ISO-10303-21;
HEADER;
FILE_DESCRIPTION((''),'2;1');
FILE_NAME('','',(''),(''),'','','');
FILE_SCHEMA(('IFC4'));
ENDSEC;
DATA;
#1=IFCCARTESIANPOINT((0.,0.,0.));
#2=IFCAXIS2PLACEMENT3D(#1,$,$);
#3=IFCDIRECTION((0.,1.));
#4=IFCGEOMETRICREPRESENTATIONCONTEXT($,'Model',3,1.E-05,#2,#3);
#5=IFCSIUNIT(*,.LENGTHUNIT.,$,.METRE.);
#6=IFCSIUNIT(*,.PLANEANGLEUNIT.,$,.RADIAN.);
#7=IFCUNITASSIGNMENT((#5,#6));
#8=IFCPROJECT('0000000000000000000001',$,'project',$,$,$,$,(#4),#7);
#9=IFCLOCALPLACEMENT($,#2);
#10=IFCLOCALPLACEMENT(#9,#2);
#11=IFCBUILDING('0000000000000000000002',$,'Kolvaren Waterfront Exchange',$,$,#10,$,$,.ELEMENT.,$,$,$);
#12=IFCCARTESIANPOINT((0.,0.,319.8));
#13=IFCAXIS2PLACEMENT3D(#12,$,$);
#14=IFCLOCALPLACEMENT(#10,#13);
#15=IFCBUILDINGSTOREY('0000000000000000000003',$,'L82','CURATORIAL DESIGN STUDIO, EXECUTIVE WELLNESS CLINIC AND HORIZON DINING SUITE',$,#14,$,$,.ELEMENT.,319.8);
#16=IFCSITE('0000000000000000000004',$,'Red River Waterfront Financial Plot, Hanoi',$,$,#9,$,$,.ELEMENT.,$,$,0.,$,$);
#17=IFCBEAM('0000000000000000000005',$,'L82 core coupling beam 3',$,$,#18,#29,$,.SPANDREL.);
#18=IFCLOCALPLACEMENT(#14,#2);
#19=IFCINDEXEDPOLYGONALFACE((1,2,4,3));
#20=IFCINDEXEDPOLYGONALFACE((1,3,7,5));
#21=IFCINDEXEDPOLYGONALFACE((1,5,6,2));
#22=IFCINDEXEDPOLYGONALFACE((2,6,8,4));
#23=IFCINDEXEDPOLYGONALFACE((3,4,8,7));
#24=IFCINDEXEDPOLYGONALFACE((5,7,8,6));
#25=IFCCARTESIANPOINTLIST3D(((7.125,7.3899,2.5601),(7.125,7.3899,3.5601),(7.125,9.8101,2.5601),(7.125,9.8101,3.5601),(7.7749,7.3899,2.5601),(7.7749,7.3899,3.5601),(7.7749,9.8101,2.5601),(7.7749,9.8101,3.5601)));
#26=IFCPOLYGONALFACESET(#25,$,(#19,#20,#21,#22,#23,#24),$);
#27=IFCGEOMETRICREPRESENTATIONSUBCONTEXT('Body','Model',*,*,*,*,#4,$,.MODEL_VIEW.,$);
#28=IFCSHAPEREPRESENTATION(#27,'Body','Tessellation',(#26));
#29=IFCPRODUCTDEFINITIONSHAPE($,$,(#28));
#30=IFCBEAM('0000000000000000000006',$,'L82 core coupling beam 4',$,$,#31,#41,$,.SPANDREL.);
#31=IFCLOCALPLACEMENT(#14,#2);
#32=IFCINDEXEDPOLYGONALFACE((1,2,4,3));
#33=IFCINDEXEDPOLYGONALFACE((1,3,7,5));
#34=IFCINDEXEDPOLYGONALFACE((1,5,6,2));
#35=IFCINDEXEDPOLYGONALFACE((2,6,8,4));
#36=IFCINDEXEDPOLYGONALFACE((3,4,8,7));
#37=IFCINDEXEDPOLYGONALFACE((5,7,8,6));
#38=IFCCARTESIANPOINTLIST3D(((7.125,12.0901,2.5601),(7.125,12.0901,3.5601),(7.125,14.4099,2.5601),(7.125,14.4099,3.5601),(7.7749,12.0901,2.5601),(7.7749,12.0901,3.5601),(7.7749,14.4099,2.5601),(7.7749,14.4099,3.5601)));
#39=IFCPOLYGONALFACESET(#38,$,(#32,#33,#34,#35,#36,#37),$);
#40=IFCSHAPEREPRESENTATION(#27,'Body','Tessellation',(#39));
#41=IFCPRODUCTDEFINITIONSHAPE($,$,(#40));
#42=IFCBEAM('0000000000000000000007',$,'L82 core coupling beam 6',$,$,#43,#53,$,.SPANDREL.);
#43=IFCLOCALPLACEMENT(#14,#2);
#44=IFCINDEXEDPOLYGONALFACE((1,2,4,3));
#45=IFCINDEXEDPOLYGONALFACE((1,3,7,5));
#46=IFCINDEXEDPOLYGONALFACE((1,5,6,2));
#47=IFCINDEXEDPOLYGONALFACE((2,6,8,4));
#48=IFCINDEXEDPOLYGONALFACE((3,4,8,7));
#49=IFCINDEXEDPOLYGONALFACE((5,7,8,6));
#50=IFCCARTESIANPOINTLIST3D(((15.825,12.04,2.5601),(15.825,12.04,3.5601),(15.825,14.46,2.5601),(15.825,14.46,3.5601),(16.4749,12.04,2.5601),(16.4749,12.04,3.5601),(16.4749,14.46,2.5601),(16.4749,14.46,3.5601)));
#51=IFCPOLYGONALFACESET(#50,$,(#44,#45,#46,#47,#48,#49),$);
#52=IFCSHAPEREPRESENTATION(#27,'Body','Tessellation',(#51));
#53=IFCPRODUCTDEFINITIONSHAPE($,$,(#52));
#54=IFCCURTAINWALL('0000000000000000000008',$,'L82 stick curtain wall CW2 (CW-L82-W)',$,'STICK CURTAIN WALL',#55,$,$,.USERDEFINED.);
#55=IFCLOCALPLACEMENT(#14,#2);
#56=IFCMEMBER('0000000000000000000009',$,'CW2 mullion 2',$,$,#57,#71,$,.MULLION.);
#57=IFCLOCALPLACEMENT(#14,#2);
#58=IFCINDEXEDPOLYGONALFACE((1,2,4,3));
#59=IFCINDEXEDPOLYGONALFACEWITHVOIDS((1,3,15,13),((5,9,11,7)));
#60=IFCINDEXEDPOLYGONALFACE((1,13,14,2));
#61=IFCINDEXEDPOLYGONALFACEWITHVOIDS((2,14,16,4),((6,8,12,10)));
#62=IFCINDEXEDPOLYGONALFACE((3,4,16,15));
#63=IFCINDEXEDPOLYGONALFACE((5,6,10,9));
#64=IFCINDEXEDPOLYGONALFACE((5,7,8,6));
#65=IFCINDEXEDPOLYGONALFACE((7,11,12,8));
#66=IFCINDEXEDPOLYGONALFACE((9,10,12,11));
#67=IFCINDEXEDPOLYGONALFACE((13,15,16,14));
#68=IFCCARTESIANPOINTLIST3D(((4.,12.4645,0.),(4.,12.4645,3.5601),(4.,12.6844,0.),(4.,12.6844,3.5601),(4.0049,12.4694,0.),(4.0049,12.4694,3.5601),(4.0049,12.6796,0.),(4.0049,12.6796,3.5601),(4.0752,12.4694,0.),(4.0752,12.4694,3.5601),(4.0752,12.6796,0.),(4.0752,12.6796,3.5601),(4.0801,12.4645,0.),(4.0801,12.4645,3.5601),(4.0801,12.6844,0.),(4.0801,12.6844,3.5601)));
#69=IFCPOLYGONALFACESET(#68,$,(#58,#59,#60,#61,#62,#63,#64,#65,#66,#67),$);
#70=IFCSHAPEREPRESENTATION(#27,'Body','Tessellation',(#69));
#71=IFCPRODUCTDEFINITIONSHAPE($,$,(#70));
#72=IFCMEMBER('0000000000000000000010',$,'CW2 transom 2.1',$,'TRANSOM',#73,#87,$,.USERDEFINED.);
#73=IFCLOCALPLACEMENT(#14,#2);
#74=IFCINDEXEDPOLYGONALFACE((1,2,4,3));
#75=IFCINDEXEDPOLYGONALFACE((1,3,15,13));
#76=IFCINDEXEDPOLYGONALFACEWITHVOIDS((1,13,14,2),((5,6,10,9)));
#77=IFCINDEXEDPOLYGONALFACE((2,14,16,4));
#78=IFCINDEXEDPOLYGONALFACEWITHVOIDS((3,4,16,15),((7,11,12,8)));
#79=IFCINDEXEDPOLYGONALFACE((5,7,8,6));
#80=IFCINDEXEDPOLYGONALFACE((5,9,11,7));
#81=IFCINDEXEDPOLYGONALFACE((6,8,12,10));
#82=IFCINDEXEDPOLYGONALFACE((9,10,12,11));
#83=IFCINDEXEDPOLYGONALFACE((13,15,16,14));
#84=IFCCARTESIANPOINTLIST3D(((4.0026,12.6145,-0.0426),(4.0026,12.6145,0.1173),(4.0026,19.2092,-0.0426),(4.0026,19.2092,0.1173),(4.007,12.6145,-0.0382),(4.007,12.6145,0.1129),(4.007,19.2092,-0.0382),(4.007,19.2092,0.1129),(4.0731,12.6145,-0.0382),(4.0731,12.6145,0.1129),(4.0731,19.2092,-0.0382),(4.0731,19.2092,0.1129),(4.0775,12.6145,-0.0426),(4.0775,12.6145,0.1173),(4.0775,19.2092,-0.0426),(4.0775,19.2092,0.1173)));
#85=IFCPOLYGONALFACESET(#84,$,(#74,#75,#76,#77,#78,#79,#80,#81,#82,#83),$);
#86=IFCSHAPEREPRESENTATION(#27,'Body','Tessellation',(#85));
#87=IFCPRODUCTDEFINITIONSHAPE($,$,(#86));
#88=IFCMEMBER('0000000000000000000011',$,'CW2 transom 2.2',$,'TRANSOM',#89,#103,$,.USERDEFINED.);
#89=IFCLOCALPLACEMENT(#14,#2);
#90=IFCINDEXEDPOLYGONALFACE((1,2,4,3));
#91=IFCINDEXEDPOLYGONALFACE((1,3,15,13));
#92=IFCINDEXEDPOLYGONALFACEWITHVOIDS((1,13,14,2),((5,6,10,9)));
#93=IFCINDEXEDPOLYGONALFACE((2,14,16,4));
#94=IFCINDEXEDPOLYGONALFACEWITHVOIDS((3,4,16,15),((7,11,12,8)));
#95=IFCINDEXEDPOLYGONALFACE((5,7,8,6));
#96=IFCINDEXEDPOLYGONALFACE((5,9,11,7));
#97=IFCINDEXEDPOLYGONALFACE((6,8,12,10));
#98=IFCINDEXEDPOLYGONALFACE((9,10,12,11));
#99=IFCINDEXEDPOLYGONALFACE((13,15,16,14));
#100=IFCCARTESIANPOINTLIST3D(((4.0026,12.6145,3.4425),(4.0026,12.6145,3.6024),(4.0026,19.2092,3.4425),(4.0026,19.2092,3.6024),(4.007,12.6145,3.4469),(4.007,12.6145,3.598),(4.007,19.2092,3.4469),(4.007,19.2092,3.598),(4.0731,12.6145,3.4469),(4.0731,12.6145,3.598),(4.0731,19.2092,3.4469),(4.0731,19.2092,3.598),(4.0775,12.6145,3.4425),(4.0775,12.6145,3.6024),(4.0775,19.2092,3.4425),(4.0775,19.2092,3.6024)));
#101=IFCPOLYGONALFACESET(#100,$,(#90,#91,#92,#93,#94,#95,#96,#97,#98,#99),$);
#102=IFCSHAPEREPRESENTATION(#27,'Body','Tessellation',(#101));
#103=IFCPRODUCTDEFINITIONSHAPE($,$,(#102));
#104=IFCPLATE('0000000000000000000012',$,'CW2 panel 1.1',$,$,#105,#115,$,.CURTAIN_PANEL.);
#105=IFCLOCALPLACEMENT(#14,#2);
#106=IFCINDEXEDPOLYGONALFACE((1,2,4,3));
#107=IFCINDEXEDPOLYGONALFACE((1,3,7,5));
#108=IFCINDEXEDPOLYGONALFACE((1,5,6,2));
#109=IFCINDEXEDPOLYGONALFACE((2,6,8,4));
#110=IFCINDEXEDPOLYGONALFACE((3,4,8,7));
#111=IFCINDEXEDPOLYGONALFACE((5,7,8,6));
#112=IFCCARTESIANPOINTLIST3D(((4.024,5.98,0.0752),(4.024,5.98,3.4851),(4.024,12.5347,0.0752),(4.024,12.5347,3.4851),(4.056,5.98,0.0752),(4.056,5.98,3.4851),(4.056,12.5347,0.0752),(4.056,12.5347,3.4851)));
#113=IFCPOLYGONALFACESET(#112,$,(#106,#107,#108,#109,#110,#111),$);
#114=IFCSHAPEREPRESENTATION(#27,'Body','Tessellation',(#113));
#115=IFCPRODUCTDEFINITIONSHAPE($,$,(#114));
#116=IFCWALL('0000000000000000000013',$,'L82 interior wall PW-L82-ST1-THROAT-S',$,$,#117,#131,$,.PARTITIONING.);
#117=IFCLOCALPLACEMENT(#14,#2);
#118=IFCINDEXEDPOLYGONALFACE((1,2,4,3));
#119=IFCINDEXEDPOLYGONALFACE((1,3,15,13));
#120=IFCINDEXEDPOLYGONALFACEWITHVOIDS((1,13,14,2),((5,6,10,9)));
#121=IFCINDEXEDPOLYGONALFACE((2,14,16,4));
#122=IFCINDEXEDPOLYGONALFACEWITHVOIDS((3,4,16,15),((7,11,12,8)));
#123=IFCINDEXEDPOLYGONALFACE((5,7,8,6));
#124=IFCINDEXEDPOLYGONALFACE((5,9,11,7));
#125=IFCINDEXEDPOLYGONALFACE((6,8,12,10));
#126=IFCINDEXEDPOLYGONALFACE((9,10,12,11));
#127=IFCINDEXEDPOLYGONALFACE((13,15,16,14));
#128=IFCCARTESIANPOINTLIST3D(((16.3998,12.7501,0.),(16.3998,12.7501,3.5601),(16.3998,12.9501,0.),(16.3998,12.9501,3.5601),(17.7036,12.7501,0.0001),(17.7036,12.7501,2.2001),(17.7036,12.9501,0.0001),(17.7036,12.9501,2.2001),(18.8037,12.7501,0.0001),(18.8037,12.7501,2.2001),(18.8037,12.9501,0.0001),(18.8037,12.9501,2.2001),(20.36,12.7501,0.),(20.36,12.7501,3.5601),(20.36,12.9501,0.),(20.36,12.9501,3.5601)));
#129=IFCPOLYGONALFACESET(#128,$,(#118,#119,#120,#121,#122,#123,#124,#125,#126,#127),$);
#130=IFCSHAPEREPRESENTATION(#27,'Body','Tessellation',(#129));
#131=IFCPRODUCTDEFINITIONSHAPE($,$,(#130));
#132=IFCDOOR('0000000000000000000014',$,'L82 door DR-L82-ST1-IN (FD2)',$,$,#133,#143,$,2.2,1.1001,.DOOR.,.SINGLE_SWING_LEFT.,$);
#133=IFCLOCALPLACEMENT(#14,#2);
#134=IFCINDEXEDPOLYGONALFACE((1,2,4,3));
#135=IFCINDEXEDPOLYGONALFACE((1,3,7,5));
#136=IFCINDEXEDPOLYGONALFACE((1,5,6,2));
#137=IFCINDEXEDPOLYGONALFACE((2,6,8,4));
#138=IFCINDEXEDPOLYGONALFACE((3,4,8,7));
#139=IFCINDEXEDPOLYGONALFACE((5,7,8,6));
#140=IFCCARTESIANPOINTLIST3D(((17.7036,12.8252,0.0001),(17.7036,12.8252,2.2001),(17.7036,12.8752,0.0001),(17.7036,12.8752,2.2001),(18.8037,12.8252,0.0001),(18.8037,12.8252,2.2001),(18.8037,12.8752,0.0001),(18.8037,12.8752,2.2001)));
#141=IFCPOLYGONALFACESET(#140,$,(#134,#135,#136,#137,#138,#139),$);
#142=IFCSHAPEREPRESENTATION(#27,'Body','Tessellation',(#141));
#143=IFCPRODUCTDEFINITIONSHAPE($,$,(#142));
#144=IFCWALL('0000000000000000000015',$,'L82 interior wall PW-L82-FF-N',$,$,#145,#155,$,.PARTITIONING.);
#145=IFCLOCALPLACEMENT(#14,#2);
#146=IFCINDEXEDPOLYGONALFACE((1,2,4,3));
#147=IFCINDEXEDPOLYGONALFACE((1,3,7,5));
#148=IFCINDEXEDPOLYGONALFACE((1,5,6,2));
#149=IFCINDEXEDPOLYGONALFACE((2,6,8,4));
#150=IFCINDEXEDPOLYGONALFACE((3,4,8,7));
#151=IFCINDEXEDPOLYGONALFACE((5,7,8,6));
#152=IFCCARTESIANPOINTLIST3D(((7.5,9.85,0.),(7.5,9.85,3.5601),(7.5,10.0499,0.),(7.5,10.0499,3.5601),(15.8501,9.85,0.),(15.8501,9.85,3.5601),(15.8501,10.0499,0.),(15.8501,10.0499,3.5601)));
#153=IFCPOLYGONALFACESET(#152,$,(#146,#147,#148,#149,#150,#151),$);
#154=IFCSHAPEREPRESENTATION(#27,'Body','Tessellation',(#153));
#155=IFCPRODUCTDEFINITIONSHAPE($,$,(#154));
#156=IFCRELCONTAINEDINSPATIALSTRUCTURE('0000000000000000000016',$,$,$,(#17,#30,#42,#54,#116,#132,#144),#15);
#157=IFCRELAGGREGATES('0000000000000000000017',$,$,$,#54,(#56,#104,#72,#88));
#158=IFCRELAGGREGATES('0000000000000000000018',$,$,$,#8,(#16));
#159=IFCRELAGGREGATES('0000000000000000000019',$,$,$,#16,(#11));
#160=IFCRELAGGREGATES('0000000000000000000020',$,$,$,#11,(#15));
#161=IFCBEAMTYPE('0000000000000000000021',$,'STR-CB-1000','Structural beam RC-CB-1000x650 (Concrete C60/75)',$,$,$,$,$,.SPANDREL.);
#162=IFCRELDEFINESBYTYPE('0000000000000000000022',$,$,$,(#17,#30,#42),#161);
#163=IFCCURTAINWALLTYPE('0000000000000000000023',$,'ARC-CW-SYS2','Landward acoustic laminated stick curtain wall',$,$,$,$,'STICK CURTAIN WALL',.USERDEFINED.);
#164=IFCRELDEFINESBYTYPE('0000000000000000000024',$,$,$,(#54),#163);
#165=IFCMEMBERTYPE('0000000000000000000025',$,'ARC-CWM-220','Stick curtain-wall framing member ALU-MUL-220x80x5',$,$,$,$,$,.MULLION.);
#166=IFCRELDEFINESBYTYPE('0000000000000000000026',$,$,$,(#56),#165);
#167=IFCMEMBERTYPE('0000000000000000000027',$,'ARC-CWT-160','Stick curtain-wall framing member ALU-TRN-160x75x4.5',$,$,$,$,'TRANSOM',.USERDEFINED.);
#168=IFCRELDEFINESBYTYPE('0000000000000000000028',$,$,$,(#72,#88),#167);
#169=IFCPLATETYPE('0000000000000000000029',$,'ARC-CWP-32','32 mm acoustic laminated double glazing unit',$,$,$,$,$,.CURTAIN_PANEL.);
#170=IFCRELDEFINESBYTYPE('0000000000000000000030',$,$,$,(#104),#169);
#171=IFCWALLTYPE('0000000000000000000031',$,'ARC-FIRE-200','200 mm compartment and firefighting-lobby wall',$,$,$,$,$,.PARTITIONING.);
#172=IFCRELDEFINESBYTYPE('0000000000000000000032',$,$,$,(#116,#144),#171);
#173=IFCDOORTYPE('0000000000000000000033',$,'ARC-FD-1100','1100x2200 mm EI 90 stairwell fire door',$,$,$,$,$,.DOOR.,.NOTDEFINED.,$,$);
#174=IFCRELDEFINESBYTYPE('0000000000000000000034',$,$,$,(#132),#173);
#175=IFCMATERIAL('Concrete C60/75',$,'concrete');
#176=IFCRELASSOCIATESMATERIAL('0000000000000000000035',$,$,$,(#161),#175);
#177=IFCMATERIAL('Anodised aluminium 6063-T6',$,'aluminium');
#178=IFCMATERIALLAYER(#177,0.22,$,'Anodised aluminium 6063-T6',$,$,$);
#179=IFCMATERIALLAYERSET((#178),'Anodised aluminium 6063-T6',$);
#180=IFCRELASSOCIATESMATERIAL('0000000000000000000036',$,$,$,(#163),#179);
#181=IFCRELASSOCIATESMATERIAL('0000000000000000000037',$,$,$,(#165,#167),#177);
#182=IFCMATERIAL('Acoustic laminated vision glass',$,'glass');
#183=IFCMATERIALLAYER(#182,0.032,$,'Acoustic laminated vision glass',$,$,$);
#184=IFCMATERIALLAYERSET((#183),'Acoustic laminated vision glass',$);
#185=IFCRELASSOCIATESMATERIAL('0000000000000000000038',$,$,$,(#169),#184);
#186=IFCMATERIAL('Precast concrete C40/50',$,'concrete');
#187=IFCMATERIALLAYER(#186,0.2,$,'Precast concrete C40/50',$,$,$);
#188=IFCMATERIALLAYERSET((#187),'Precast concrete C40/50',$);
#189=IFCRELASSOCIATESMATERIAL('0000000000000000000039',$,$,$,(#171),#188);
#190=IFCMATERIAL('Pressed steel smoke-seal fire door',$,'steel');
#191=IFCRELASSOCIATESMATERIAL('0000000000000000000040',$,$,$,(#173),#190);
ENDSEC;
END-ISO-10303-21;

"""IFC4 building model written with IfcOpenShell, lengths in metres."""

from ifc_helpers import new_model, si_unit, direction, frame, frame_2d, origin, origin_with_axes, origin_2d, place, context, subcontext, project, spatial, rectangle, hollow_rectangle, extrude, source, transform, mapped, material, layer, layer_set, material_profile, profile_set, type_object, element, fill, aggregate, save


model = new_model("IFC4")

# Units and contexts
model_context = context("Model", 3, precision=1e-05, world=origin(), true_north=direction((0.0, 1.0)))
body_context = subcontext(model_context, "Body", "Model", "MODEL_VIEW")
ifc_project = project(units=[si_unit("LENGTHUNIT", "METRE"), si_unit("PLANEANGLEUNIT", "RADIAN")], contexts=[model_context])

# Site, building, storey
site_placement = place(None, origin())
site = spatial("IfcSite", under=ifc_project, at=site_placement, Name="Red River Waterfront Financial Plot, Hanoi", CompositionType="ELEMENT", RefElevation=0.0)
building_placement = place(site_placement, origin())
building = spatial("IfcBuilding", under=site, at=building_placement, Name="Kolvaren Waterfront Exchange", CompositionType="ELEMENT")
storey_placement = place(building_placement, frame((0.0, 0.0, 319.8)))
storey = spatial("IfcBuildingStorey", under=building, at=storey_placement, Name="L82", Description="CURATORIAL DESIGN STUDIO, EXECUTIVE WELLNESS CLINIC AND HORIZON DINING SUITE", CompositionType="ELEMENT", Elevation=319.8)

# Beams
ifc_material_1 = material(Name="Concrete C60/75", Category="concrete")
ifc_material_profile_1 = material_profile(ifc_material_1, rectangle(XDim=0.6499, YDim=1.0, at=origin_2d()), Name="RC-CB-1000x650")
ifc_profile_set_1 = profile_set([ifc_material_profile_1], Name="Concrete C60/75")
beam_type = type_object("IfcBeamType", Name="STR-CB-1000", Description="Structural beam RC-CB-1000x650 (Concrete C60/75)", PredefinedType="SPANDREL", material=ifc_profile_set_1)
beam_1_placement = place(storey_placement, frame((7.45, 7.3899, 3.0601), z_axis=(0.0, 1.0, 0.0), x_axis=(-1.0, 0.0, 0.0)))
element("IfcBeam", 1, at=beam_1_placement, inside=storey, type_object=beam_type, Name="L82 core coupling beam 3", PredefinedType="SPANDREL", context=body_context, shape_type="SweptSolid", body=[
    extrude(rectangle(XDim=0.6499, YDim=1.0, at=origin_2d()), origin(), (0.0, 0.0, 1.0), 2.4202),
])
beam_2_placement = place(storey_placement, frame((7.45, 12.0901, 3.0601), z_axis=(0.0, 1.0, 0.0), x_axis=(-1.0, 0.0, 0.0)))
element("IfcBeam", 2, at=beam_2_placement, inside=storey, type_object=beam_type, Name="L82 core coupling beam 4", PredefinedType="SPANDREL", context=body_context, shape_type="SweptSolid", body=[
    extrude(rectangle(XDim=0.6499, YDim=1.0, at=origin_2d()), origin(), (0.0, 0.0, 1.0), 2.3198),
])
beam_3_placement = place(storey_placement, frame((16.1499, 12.04, 3.0601), z_axis=(0.0, 1.0, 0.0), x_axis=(-1.0, 0.0, 0.0)))
element("IfcBeam", 3, at=beam_3_placement, inside=storey, type_object=beam_type, Name="L82 core coupling beam 6", PredefinedType="SPANDREL", context=body_context, shape_type="SweptSolid", body=[
    extrude(rectangle(XDim=0.6499, YDim=1.0, at=origin_2d()), origin(), (0.0, 0.0, 1.0), 2.4199),
])

# Curtain wall, members, plate
ifc_material_2 = material(Name="Anodised aluminium 6063-T6", Category="aluminium")
ifc_layer_1 = layer(ifc_material_2, 0.22, Name="Anodised aluminium 6063-T6")
ifc_layer_set_1 = layer_set([ifc_layer_1], Name="Anodised aluminium 6063-T6")
curtain_wall_type = type_object("IfcCurtainWallType", Name="ARC-CW-SYS2", Description="Landward acoustic laminated stick curtain wall", ElementType="STICK CURTAIN WALL", PredefinedType="USERDEFINED", material=ifc_layer_set_1)
curtain_wall_placement = place(storey_placement, origin())
curtain_wall = element("IfcCurtainWall", 4, at=curtain_wall_placement, inside=storey, type_object=curtain_wall_type, Name="L82 stick curtain wall CW2 (CW-L82-W)", ObjectType="STICK CURTAIN WALL", PredefinedType="USERDEFINED")
ifc_material_profile_2 = material_profile(ifc_material_2, hollow_rectangle(XDim=0.0801, YDim=0.22, WallThickness=0.0049, at=origin_2d()), Name="ALU-MUL-220x80x5")
ifc_profile_set_2 = profile_set([ifc_material_profile_2], Name="Anodised aluminium 6063-T6")
member_type_1 = type_object("IfcMemberType", Name="ARC-CWM-220", Description="Stick curtain-wall framing member ALU-MUL-220x80x5", PredefinedType="MULLION", material=ifc_profile_set_2)
shared_shape_1 = source(origin_with_axes(), body_context, "Body", "SweptSolid", [
    extrude(hollow_rectangle(XDim=0.0801, YDim=0.22, WallThickness=0.0049, at=origin_2d()), origin(), (0.0, 0.0, 1.0), 3.5601),
])
member_1_placement = place(storey_placement, frame((4.04, 12.5745, 0.0), z_axis=(0.0, 0.0, 1.0), x_axis=(-1.0, 0.0, 0.0)))
member_1 = element("IfcMember", 5, at=member_1_placement, type_object=member_type_1, Name="CW2 mullion 2", PredefinedType="MULLION", context=body_context, shape_type="MappedRepresentation", body=[
    mapped(shared_shape_1, transform((0.0, 0.0, 0.0), x_axis=(1.0, 0.0, 0.0), y_axis=(0.0, 1.0, 0.0), z_axis=(0.0, 0.0, 1.0), scale=1.0)),
])
ifc_material_profile_3 = material_profile(ifc_material_2, hollow_rectangle(XDim=0.075, YDim=0.1599, WallThickness=0.0044, at=origin_2d()), Name="ALU-TRN-160x75x4.5")
ifc_profile_set_3 = profile_set([ifc_material_profile_3], Name="Anodised aluminium 6063-T6")
member_type_2 = type_object("IfcMemberType", Name="ARC-CWT-160", Description="Stick curtain-wall framing member ALU-TRN-160x75x4.5", ElementType="TRANSOM", PredefinedType="USERDEFINED", material=ifc_profile_set_3)
shared_shape_2 = source(origin_with_axes(), body_context, "Body", "SweptSolid", [
    extrude(hollow_rectangle(XDim=0.075, YDim=0.1599, WallThickness=0.0044, at=origin_2d()), origin(), (0.0, 0.0, 1.0), 6.5947),
])
member_2_placement = place(storey_placement, frame((4.04, 12.6145, 0.0374), z_axis=(0.0, 1.0, 0.0), x_axis=(-1.0, 0.0, 0.0)))
member_2 = element("IfcMember", 6, at=member_2_placement, type_object=member_type_2, Name="CW2 transom 2.1", ObjectType="TRANSOM", PredefinedType="USERDEFINED", context=body_context, shape_type="MappedRepresentation", body=[
    mapped(shared_shape_2, transform((0.0, 0.0, 0.0), x_axis=(1.0, 0.0, 0.0), y_axis=(0.0, 1.0, 0.0), z_axis=(0.0, 0.0, 1.0), scale=1.0)),
])
member_3_placement = place(storey_placement, frame((4.04, 12.6145, 3.5225), z_axis=(0.0, 1.0, 0.0), x_axis=(-1.0, 0.0, 0.0)))
member_3 = element("IfcMember", 7, at=member_3_placement, type_object=member_type_2, Name="CW2 transom 2.2", ObjectType="TRANSOM", PredefinedType="USERDEFINED", context=body_context, shape_type="MappedRepresentation", body=[
    mapped(shared_shape_2, transform((0.0, 0.0, 0.0), x_axis=(1.0, 0.0, 0.0), y_axis=(0.0, 1.0, 0.0), z_axis=(0.0, 0.0, 1.0), scale=1.0)),
])
ifc_material_3 = material(Name="Acoustic laminated vision glass", Category="glass")
ifc_layer_2 = layer(ifc_material_3, 0.032, Name="Acoustic laminated vision glass")
ifc_layer_set_2 = layer_set([ifc_layer_2], Name="Acoustic laminated vision glass")
plate_type = type_object("IfcPlateType", Name="ARC-CWP-32", Description="32 mm acoustic laminated double glazing unit", PredefinedType="CURTAIN_PANEL", material=ifc_layer_set_2)
shared_shape_3 = source(origin_with_axes(), body_context, "Body", "SweptSolid", [
    extrude(rectangle(XDim=6.5547, YDim=0.032, at=origin_2d()), origin(), (0.0, 0.0, 1.0), 3.4099),
])
plate_placement = place(storey_placement, frame((4.04, 9.2573, 0.0752), z_axis=(0.0, 0.0, 1.0), x_axis=(0.0, 1.0, 0.0)))
plate = element("IfcPlate", 8, at=plate_placement, type_object=plate_type, Name="CW2 panel 1.1", PredefinedType="CURTAIN_PANEL", context=body_context, shape_type="MappedRepresentation", body=[
    mapped(shared_shape_3, transform((0.0, 0.0, 0.0), x_axis=(1.0, 0.0, 0.0), y_axis=(0.0, 1.0, 0.0), z_axis=(0.0, 0.0, 1.0), scale=1.0)),
])
aggregate(curtain_wall, [member_1, plate, member_2, member_3])

# Wall, opening, door
ifc_material_4 = material(Name="Precast concrete C40/50", Category="concrete")
ifc_layer_3 = layer(ifc_material_4, 0.2, Name="Precast concrete C40/50")
ifc_layer_set_3 = layer_set([ifc_layer_3], Name="Precast concrete C40/50")
wall_type_1 = type_object("IfcWallType", Name="ARC-FIRE-200", Description="200 mm compartment and firefighting-lobby wall", PredefinedType="PARTITIONING", material=ifc_layer_set_3)
wall_1_placement = place(storey_placement, frame((16.3999, 12.8501, 0.0), z_axis=(0.0, 0.0, 1.0), x_axis=(1.0, 0.0, 0.0)))
wall_1 = element("IfcWall", 9, at=wall_1_placement, inside=storey, type_object=wall_type_1, Name="L82 interior wall PW-L82-ST1-THROAT-S", PredefinedType="PARTITIONING", context=body_context, shape_type="SweptSolid", body=[
    extrude(rectangle(XDim=3.9602, YDim=0.2, at=frame_2d((1.98, 0.0))), origin(), (0.0, 0.0, 1.0), 3.5601),
])
opening_1_placement = place(wall_1_placement, frame((1.3037, 0.0, 0.0)))
opening_1 = element("IfcOpeningElement", 10, at=opening_1_placement, cuts=wall_1, PredefinedType="OPENING", context=body_context, shape_type="SweptSolid", body=[
    extrude(rectangle(XDim=1.1001, YDim=2.2, at=frame_2d((0.55, 1.1001))), frame((0.0, 0.1099, 0.0), z_axis=(0.0, -1.0, 0.0), x_axis=(1.0, 0.0, 0.0)), (0.0, 0.0, 1.0), 0.22),
])
ifc_material_5 = material(Name="Pressed steel smoke-seal fire door", Category="steel")
door_type_1 = type_object("IfcDoorType", Name="ARC-FD-1100", Description="1100x2200 mm EI 90 stairwell fire door", OperationType="NOTDEFINED", PredefinedType="DOOR", material=ifc_material_5)
door_1_placement = place(opening_1_placement, frame((1.1001, 0.0, 0.0), z_axis=(0.0, 0.0, 1.0), x_axis=(-1.0, 0.0, 0.0)))
door_1 = element("IfcDoor", 11, at=door_1_placement, inside=storey, type_object=door_type_1, Name="L82 door DR-L82-ST1-IN (FD2)", OperationType="SINGLE_SWING_LEFT", OverallHeight=2.2, OverallWidth=1.1001, PredefinedType="DOOR", context=body_context, shape_type="SweptSolid", body=[
    extrude(rectangle(XDim=1.1001, YDim=2.2, at=frame_2d((0.55, 1.1001))), frame((0.0, 0.0249, 0.0), z_axis=(0.0, -1.0, 0.0), x_axis=(1.0, 0.0, 0.0)), (0.0, 0.0, 1.0), 0.05),
])
fill(opening_1, door_1)

# Wall
wall_2_placement = place(storey_placement, frame((7.5, 9.95, 0.0), z_axis=(0.0, 0.0, 1.0), x_axis=(1.0, 0.0, 0.0)))
element("IfcWall", 12, at=wall_2_placement, inside=storey, type_object=wall_type_1, Name="L82 interior wall PW-L82-FF-N", PredefinedType="PARTITIONING", context=body_context, shape_type="SweptSolid", body=[
    extrude(rectangle(XDim=8.3501, YDim=0.2, at=frame_2d((4.175, 0.0))), origin(), (0.0, 0.0, 1.0), 3.5601),
])

save(model, "model.ifc")
